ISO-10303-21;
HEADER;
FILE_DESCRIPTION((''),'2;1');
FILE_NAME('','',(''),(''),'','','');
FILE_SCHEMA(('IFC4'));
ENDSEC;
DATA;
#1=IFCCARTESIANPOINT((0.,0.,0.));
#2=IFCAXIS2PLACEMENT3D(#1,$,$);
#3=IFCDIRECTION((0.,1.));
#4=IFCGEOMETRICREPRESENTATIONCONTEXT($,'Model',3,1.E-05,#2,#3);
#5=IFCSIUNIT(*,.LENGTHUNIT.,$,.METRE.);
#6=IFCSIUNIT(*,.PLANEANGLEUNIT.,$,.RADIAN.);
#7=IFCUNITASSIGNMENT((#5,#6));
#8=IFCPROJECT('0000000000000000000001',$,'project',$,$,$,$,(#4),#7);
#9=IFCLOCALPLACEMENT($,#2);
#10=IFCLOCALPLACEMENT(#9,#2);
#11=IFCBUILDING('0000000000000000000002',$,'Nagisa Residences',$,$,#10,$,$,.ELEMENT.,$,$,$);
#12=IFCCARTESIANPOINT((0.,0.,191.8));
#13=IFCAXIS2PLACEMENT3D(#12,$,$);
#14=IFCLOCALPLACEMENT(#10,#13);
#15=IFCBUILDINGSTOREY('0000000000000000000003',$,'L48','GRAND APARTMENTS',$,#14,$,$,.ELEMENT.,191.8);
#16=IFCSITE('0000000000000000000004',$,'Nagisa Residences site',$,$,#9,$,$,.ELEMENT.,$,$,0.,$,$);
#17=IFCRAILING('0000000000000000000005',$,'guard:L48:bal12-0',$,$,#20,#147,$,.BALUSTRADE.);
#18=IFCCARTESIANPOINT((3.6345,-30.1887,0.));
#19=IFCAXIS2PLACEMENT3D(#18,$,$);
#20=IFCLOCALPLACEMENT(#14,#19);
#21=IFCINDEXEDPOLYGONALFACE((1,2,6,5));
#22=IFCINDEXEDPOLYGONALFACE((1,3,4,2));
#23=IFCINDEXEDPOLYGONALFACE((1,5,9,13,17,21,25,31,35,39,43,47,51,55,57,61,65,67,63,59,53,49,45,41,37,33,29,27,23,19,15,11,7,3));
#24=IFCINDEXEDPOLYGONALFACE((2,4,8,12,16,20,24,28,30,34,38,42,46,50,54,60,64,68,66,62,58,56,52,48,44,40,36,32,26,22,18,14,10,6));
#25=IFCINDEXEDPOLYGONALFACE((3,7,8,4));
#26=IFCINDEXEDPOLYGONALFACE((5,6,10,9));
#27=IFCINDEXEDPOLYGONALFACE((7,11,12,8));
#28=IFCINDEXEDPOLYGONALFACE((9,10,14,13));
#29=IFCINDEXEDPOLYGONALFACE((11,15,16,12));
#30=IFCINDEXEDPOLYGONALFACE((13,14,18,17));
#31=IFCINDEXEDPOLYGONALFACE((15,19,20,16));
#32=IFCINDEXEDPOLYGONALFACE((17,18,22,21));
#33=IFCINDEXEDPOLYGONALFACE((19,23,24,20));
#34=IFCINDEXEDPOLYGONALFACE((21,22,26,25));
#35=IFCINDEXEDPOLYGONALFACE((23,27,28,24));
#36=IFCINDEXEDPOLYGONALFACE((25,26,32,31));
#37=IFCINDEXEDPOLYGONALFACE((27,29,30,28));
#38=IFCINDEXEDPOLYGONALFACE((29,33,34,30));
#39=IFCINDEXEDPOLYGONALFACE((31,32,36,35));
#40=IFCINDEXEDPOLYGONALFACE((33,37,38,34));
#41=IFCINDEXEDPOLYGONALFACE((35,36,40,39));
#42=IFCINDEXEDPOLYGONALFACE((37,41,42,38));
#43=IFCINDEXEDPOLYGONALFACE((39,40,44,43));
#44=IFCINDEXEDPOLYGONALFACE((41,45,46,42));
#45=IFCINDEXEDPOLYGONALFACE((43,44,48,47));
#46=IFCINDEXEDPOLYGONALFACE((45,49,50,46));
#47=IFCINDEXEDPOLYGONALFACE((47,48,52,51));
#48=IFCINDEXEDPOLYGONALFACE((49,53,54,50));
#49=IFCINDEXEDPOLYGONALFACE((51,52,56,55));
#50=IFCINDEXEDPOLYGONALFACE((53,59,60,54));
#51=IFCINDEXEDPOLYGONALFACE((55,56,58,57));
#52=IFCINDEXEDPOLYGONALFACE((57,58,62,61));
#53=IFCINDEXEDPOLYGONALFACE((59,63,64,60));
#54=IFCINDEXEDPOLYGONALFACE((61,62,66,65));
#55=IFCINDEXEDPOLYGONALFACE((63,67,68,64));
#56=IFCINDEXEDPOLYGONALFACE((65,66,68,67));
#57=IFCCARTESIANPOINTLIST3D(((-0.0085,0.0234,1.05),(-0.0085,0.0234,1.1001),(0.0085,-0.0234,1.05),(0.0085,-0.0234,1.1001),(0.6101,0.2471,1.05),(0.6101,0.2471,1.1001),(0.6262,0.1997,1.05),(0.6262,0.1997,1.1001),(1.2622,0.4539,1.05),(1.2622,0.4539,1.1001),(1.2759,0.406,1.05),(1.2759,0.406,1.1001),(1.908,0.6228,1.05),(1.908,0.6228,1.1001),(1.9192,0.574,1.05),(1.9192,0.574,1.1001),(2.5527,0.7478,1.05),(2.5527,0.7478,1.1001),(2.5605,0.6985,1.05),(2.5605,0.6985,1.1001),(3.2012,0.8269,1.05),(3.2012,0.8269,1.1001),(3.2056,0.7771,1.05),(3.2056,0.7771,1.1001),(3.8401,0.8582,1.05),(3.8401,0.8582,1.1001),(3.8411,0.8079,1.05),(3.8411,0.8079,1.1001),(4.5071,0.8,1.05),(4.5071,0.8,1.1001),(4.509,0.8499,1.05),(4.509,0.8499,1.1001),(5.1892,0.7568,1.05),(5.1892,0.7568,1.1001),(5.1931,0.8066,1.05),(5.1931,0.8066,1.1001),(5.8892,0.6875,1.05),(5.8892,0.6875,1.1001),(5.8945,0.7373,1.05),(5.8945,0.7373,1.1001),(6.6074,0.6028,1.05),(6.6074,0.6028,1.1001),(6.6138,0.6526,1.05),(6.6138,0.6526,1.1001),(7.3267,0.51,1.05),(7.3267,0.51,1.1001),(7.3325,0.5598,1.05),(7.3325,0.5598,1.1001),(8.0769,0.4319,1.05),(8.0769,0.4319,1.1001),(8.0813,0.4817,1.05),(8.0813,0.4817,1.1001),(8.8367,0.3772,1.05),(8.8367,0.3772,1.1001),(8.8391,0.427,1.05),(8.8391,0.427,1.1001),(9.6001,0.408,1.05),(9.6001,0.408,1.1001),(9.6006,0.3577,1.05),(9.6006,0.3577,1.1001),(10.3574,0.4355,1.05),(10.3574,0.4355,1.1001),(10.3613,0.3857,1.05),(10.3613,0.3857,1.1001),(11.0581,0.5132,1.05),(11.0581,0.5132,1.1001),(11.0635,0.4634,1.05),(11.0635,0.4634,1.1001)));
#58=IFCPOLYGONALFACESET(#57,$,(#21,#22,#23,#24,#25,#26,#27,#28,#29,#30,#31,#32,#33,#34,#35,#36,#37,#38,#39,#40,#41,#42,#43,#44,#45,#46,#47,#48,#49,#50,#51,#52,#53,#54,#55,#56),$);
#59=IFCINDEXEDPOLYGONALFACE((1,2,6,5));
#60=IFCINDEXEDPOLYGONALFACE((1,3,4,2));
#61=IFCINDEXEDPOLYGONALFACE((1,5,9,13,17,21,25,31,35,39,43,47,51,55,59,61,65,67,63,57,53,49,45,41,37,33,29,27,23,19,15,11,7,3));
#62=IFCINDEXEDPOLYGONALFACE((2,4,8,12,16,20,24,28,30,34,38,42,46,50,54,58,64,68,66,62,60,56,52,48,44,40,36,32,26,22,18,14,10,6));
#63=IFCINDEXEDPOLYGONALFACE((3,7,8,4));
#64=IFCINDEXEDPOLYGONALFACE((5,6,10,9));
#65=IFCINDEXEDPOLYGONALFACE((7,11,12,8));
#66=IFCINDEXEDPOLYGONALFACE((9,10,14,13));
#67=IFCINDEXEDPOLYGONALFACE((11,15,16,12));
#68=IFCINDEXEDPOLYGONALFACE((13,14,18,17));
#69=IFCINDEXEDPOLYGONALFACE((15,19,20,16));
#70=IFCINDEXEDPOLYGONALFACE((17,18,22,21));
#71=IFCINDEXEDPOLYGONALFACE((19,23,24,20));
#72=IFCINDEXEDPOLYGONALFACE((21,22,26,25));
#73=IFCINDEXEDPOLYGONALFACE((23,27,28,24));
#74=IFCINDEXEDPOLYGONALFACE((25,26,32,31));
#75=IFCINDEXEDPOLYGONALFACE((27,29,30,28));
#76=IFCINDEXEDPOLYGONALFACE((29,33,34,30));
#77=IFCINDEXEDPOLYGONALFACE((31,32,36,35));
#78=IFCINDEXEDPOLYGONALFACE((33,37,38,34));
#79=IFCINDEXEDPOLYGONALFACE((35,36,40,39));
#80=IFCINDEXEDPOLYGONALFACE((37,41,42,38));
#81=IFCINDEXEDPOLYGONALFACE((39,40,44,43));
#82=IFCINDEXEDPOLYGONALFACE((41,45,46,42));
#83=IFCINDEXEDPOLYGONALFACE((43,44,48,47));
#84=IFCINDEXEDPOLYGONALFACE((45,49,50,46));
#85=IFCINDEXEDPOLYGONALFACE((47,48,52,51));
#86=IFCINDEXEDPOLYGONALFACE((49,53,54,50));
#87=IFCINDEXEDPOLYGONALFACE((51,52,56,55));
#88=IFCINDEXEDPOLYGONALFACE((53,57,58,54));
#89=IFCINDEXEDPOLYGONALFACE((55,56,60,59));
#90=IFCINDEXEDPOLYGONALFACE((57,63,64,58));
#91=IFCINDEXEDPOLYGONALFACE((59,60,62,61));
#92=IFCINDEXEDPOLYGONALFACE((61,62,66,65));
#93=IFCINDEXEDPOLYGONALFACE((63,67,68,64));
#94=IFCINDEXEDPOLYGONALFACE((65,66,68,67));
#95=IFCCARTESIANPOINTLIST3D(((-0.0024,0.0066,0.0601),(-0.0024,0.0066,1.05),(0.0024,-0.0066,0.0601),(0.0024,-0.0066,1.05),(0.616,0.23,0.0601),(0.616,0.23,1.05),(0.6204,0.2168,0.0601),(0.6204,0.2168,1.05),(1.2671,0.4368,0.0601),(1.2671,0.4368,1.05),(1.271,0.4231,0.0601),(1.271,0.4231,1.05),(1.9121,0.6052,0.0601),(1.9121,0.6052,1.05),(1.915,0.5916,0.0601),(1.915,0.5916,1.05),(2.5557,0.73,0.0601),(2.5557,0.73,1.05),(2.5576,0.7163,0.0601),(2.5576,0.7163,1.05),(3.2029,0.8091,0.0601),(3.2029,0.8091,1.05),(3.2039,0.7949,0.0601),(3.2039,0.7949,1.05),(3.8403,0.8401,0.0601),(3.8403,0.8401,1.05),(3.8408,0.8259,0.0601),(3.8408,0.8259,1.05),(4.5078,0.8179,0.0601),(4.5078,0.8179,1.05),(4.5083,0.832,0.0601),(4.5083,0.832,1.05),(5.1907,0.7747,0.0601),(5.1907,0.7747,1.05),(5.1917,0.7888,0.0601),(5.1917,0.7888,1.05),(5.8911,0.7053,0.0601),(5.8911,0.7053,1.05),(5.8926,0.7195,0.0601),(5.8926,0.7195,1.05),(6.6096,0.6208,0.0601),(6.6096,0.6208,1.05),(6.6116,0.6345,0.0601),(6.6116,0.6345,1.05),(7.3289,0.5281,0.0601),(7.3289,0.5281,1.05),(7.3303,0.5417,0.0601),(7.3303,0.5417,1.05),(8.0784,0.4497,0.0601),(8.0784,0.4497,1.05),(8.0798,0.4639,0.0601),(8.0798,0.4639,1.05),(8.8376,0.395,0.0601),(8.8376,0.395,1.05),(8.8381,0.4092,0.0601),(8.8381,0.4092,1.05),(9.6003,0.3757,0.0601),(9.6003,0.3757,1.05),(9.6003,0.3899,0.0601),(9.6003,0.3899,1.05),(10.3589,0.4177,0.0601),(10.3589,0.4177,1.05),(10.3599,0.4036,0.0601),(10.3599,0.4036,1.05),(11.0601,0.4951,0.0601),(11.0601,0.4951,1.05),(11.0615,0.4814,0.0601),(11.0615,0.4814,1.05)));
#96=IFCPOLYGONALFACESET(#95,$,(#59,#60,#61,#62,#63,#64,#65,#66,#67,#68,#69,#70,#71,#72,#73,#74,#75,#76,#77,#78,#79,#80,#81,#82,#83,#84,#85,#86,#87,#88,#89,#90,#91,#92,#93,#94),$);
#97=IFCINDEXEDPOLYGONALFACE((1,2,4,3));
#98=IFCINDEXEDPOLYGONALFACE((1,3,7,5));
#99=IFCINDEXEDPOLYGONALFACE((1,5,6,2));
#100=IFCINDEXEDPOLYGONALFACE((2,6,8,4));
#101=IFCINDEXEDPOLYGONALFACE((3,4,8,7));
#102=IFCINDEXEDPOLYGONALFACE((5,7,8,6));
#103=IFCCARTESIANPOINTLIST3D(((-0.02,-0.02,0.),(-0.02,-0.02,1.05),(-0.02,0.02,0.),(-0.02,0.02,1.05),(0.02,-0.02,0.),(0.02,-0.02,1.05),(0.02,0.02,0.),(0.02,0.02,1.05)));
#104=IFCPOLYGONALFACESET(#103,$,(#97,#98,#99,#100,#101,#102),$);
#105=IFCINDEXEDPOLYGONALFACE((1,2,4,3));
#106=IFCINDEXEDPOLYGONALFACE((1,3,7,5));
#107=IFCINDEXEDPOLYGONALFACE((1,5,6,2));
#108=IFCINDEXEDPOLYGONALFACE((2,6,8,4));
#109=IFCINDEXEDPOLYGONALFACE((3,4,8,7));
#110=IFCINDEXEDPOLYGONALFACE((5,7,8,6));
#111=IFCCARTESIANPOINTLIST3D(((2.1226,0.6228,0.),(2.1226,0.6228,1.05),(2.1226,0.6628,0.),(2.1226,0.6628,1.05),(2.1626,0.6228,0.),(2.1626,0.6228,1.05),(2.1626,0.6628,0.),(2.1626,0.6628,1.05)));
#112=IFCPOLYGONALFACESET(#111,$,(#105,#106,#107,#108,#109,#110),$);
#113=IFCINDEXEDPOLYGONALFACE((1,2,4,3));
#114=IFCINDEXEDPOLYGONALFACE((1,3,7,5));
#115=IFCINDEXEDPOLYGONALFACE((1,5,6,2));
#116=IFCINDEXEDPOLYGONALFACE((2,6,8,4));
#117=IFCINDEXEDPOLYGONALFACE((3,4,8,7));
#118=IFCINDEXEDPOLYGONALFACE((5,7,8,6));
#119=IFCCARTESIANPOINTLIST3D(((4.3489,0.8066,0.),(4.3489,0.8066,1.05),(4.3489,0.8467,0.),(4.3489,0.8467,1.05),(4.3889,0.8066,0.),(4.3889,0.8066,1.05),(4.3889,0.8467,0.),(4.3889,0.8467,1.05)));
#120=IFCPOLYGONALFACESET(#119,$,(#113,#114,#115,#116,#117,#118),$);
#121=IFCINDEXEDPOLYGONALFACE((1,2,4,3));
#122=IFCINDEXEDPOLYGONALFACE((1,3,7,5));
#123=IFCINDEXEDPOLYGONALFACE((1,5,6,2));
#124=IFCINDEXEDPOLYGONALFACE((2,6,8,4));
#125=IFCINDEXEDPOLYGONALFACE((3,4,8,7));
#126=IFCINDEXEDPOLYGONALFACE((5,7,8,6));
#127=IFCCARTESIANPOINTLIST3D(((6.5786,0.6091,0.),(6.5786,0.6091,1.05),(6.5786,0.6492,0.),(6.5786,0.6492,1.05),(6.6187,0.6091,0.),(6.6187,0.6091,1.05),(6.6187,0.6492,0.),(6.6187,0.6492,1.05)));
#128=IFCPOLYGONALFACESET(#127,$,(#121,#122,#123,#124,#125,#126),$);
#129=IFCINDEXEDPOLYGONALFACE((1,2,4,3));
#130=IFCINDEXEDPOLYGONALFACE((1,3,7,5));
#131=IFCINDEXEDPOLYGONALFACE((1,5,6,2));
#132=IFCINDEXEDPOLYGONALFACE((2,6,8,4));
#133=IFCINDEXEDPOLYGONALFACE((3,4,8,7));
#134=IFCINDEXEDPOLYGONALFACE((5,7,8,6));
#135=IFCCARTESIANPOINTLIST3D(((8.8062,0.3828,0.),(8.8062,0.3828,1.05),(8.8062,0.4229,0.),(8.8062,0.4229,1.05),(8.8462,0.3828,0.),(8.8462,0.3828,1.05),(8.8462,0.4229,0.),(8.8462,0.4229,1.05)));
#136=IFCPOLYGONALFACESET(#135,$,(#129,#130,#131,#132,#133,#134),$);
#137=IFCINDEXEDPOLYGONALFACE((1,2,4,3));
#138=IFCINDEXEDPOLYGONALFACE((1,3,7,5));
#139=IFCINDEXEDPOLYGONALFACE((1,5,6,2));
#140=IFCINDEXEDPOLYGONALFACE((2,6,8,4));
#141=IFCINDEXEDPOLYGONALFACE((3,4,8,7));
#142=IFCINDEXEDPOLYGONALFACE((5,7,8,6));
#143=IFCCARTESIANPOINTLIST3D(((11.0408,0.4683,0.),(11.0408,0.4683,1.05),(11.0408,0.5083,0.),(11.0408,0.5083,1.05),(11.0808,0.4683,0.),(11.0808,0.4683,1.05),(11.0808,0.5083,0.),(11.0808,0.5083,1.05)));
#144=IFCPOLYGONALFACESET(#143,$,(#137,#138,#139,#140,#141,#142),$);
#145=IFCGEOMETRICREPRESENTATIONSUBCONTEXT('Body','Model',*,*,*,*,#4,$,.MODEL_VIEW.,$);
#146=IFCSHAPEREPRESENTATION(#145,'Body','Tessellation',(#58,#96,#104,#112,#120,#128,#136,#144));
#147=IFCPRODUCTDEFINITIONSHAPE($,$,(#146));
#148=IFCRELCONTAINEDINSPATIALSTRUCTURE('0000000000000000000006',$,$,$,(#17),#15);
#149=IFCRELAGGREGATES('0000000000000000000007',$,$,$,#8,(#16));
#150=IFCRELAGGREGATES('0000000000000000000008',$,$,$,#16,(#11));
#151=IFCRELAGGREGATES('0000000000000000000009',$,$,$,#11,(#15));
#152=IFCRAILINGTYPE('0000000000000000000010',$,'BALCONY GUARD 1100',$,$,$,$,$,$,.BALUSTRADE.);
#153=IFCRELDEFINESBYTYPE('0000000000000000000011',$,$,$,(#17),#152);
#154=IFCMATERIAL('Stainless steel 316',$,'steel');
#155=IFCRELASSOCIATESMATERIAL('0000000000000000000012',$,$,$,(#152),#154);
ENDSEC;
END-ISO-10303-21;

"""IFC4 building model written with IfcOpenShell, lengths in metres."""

from ifc_helpers import new_model, si_unit, direction, frame, origin, origin_2d, place, context, subcontext, project, spatial, polyline, rectangle, outline, extrude, material, type_object, element, save


model = new_model("IFC4")

# Units and contexts
model_context = context("Model", 3, precision=1e-05, world=origin(), true_north=direction((0.0, 1.0)))
body_context = subcontext(model_context, "Body", "Model", "MODEL_VIEW")
ifc_project = project(units=[si_unit("LENGTHUNIT", "METRE"), si_unit("PLANEANGLEUNIT", "RADIAN")], contexts=[model_context])

# Site, building, storey
site_placement = place(None, origin())
site = spatial("IfcSite", under=ifc_project, at=site_placement, Name="Nagisa Residences site", CompositionType="ELEMENT", RefElevation=0.0)
building_placement = place(site_placement, origin())
building = spatial("IfcBuilding", under=site, at=building_placement, Name="Nagisa Residences", CompositionType="ELEMENT")
storey_placement = place(building_placement, frame((0.0, 0.0, 191.8)))
storey = spatial("IfcBuildingStorey", under=building, at=storey_placement, Name="L48", Description="GRAND APARTMENTS", CompositionType="ELEMENT", Elevation=191.8)

# Railing
ifc_material_1 = material(Name="Stainless steel 316", Category="steel")
railing_type = type_object("IfcRailingType", Name="BALCONY GUARD 1100", PredefinedType="BALUSTRADE", material=ifc_material_1)
railing_placement = place(storey_placement, frame((3.6345, -30.1887, 0.0)))
element("IfcRailing", 1, at=railing_placement, inside=storey, type_object=railing_type, Name="guard:L48:bal12-0", PredefinedType="BALUSTRADE", context=body_context, shape_type="SweptSolid", body=[
    extrude(outline(polyline([(0.6101, 0.2471), (-0.0085, 0.0234), (0.0085, -0.0234), (0.6262, 0.1997), (1.2759, 0.406), (1.9192, 0.574), (2.5605, 0.6985), (3.2056, 0.7771), (3.8411, 0.8079), (4.5071, 0.8), (5.1892, 0.7568), (5.8892, 0.6875), (6.6074, 0.6028), (7.3267, 0.51), (8.0769, 0.4319), (8.8367, 0.3772), (9.6006, 0.3577), (10.3613, 0.3857), (11.0635, 0.4634), (11.0581, 0.5132), (10.3574, 0.4355), (9.6001, 0.408), (8.8391, 0.427), (8.0813, 0.4817), (7.3325, 0.5598), (6.6138, 0.6526), (5.8945, 0.7373), (5.1931, 0.8066), (4.509, 0.8499), (3.8401, 0.8582), (3.2012, 0.8269), (2.5527, 0.7478), (1.908, 0.6228), (1.2622, 0.4539), (0.6101, 0.2471)])), frame((0.0, 0.0, 1.05)), (0.0, 0.0, 1.0), 0.05),
    extrude(outline(polyline([(0.616, 0.23), (-0.0024, 0.0066), (0.0024, -0.0066), (0.6204, 0.2168), (1.271, 0.4231), (1.915, 0.5916), (2.5576, 0.7163), (3.2039, 0.7949), (3.8408, 0.8259), (4.5078, 0.8179), (5.1907, 0.7747), (5.8911, 0.7053), (6.6096, 0.6208), (7.3289, 0.5281), (8.0784, 0.4497), (8.8376, 0.395), (9.6003, 0.3757), (10.3599, 0.4036), (11.0615, 0.4814), (11.0601, 0.4951), (10.3589, 0.4177), (9.6003, 0.3899), (8.8381, 0.4092), (8.0798, 0.4639), (7.3303, 0.5417), (6.6116, 0.6345), (5.8926, 0.7195), (5.1917, 0.7888), (4.5083, 0.832), (3.8403, 0.8401), (3.2029, 0.8091), (2.5557, 0.73), (1.9121, 0.6052), (1.2671, 0.4368), (0.616, 0.23)])), frame((0.0, 0.0, 0.0601)), (0.0, 0.0, 1.0), 0.99),
    extrude(rectangle(XDim=0.04, YDim=0.04, at=origin_2d()), origin(), (0.0, 0.0, 1.0), 1.05),
    extrude(rectangle(XDim=0.04, YDim=0.04, at=origin_2d()), frame((2.1426, 0.6428, 0.0)), (0.0, 0.0, 1.0), 1.05),
    extrude(rectangle(XDim=0.04, YDim=0.04, at=origin_2d()), frame((4.3689, 0.8267, 0.0)), (0.0, 0.0, 1.0), 1.05),
    extrude(rectangle(XDim=0.04, YDim=0.04, at=origin_2d()), frame((6.5986, 0.6292, 0.0)), (0.0, 0.0, 1.0), 1.05),
    extrude(rectangle(XDim=0.04, YDim=0.04, at=origin_2d()), frame((8.8262, 0.4028, 0.0)), (0.0, 0.0, 1.0), 1.05),
    extrude(rectangle(XDim=0.04, YDim=0.04, at=origin_2d()), frame((11.0608, 0.4883, 0.0)), (0.0, 0.0, 1.0), 1.05),
])

save(model, "model.ifc")
